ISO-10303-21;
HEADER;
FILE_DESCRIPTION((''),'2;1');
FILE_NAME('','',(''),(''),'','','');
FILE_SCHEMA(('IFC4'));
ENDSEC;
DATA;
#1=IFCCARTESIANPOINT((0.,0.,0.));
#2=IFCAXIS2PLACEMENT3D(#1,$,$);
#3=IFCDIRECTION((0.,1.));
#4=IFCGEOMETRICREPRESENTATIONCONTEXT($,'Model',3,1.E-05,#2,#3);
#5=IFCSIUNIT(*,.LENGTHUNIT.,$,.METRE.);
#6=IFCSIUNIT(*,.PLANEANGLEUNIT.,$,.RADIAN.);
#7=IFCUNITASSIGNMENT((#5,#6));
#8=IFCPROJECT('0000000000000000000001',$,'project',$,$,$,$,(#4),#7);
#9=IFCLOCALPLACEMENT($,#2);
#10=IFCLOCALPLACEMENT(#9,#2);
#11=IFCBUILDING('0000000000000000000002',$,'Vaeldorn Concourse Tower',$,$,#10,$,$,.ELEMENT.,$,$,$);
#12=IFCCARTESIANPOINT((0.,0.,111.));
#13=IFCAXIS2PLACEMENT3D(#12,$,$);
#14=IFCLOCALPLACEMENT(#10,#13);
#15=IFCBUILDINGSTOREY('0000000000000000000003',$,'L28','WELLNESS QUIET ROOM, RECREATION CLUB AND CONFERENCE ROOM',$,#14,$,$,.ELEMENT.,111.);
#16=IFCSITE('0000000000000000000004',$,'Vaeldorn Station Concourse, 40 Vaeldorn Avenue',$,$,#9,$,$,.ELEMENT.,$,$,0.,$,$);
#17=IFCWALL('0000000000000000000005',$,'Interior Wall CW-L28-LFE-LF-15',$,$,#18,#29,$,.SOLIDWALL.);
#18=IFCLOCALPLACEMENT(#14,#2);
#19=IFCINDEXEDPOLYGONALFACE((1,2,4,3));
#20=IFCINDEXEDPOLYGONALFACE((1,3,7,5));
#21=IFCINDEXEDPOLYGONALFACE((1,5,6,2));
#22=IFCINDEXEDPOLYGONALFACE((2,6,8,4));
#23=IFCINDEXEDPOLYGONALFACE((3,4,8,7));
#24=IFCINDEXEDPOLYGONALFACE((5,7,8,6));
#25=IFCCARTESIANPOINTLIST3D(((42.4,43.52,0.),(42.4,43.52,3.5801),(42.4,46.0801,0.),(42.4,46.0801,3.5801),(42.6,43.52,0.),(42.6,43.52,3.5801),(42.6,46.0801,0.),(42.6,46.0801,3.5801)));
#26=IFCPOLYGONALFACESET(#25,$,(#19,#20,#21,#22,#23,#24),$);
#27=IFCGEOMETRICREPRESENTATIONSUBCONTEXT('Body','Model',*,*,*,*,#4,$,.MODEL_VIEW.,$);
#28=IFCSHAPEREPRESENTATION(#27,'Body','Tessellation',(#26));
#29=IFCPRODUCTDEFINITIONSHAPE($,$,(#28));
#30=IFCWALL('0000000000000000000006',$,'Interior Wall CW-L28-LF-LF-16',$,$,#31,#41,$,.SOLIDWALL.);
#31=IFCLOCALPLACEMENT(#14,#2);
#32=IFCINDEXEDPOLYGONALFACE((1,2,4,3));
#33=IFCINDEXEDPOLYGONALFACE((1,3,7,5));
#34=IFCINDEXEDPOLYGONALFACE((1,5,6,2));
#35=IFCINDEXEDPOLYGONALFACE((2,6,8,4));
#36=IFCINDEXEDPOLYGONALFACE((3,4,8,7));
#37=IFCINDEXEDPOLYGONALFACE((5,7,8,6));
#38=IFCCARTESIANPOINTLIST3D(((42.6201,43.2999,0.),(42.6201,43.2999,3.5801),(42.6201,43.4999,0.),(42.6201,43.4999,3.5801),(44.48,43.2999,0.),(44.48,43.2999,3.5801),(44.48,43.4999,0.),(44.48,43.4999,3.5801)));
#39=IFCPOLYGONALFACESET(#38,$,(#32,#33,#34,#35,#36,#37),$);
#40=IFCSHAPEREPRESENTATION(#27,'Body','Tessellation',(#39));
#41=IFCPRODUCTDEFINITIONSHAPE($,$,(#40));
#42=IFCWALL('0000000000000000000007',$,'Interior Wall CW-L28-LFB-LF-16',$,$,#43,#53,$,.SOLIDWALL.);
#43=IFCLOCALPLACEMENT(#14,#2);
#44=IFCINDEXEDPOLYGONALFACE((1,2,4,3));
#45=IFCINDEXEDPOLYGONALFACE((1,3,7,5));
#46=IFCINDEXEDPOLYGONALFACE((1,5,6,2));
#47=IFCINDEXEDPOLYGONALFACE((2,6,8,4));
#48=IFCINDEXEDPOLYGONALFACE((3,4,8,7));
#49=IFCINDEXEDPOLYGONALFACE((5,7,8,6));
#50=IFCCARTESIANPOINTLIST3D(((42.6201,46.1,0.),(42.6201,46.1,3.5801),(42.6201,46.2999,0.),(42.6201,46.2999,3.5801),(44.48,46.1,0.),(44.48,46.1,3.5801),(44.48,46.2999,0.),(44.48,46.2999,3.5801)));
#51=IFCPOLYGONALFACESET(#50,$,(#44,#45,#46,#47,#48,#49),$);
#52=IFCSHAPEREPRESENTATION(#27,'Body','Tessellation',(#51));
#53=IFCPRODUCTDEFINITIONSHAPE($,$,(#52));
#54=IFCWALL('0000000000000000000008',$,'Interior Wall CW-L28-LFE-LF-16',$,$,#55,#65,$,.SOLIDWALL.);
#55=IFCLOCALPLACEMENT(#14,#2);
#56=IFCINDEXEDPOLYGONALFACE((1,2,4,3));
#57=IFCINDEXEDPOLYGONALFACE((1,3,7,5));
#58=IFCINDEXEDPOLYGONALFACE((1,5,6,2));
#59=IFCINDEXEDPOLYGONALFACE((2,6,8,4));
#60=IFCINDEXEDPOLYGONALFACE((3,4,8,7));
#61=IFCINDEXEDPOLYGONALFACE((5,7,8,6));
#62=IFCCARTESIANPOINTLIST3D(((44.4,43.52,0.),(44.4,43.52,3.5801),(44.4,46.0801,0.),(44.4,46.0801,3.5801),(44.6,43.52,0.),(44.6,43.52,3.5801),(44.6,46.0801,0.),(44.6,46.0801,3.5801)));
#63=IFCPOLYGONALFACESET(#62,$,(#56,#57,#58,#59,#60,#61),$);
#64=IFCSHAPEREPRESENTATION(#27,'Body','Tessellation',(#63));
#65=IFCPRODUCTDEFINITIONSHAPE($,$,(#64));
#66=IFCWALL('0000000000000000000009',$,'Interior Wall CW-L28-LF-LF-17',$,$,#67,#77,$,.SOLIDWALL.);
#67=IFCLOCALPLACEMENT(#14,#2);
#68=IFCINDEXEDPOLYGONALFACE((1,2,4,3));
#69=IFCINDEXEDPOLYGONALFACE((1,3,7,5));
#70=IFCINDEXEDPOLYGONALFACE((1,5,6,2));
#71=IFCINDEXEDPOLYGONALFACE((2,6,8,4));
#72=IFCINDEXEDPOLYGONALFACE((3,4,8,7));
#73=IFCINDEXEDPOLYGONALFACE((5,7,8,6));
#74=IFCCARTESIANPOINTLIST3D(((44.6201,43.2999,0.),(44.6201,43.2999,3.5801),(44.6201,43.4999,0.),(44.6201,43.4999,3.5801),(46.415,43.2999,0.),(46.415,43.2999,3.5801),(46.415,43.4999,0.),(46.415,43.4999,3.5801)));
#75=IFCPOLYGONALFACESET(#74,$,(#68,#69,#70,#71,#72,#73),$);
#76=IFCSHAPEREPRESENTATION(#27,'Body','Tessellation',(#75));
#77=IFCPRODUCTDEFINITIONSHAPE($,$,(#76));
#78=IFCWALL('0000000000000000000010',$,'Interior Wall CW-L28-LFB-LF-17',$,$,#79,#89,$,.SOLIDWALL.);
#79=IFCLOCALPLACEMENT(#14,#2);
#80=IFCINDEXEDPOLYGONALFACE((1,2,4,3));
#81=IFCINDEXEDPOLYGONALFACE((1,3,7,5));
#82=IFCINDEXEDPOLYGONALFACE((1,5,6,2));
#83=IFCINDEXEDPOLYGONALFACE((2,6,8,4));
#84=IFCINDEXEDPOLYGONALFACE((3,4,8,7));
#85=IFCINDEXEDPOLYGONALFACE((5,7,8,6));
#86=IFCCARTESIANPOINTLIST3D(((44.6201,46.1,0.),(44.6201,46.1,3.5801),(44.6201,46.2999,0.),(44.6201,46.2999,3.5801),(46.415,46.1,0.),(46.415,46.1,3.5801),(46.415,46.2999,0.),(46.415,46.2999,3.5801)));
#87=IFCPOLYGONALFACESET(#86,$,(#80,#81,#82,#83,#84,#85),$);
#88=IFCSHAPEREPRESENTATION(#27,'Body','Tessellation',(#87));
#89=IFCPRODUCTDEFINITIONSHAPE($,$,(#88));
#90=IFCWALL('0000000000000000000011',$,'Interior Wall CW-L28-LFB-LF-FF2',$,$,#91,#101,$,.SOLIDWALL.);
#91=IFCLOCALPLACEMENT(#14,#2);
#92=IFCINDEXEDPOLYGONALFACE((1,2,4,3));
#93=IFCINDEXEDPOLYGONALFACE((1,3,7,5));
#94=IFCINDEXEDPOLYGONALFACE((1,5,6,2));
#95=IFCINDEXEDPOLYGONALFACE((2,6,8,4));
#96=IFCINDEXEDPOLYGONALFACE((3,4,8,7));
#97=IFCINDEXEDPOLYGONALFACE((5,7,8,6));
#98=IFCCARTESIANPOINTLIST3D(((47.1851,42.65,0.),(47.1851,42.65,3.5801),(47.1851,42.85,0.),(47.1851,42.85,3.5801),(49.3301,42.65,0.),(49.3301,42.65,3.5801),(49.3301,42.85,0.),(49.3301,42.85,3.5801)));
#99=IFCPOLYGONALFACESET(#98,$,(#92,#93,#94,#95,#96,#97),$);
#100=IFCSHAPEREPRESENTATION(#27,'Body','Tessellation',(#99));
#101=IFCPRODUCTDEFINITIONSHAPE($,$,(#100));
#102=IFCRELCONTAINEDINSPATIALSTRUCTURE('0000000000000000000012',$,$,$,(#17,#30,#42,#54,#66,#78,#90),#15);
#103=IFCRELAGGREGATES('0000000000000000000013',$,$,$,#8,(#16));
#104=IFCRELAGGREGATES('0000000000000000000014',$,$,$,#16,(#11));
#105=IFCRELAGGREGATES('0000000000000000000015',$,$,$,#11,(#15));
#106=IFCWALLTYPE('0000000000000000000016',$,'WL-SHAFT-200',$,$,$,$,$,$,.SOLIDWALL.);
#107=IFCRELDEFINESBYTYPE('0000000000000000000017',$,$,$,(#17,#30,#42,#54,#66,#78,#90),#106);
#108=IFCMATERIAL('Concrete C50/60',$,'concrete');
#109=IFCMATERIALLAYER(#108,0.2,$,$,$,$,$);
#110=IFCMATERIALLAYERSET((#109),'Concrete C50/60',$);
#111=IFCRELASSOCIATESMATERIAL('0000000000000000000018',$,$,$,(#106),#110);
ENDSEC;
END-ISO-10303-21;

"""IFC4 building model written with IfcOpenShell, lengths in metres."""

from ifc_helpers import new_model, si_unit, direction, frame, frame_2d, origin, place, context, subcontext, project, spatial, rectangle, extrude, material, layer, layer_set, type_object, element, save


model = new_model("IFC4")

# Units and contexts
model_context = context("Model", 3, precision=1e-05, world=origin(), true_north=direction((0.0, 1.0)))
body_context = subcontext(model_context, "Body", "Model", "MODEL_VIEW")
ifc_project = project(units=[si_unit("LENGTHUNIT", "METRE"), si_unit("PLANEANGLEUNIT", "RADIAN")], contexts=[model_context])

# Site, building, storey
site_placement = place(None, origin())
site = spatial("IfcSite", under=ifc_project, at=site_placement, Name="Vaeldorn Station Concourse, 40 Vaeldorn Avenue", CompositionType="ELEMENT", RefElevation=0.0)
building_placement = place(site_placement, origin())
building = spatial("IfcBuilding", under=site, at=building_placement, Name="Vaeldorn Concourse Tower", CompositionType="ELEMENT")
storey_placement = place(building_placement, frame((0.0, 0.0, 111.0)))
storey = spatial("IfcBuildingStorey", under=building, at=storey_placement, Name="L28", Description="WELLNESS QUIET ROOM, RECREATION CLUB AND CONFERENCE ROOM", CompositionType="ELEMENT", Elevation=111.0)

# Shared definitions
ifc_material_1 = material(Name="Concrete C50/60", Category="concrete")
ifc_layer_1 = layer(ifc_material_1, 0.2)
ifc_layer_set_1 = layer_set([ifc_layer_1], Name="Concrete C50/60")
wall_type_1 = type_object("IfcWallType", Name="WL-SHAFT-200", PredefinedType="SOLIDWALL", material=ifc_layer_set_1)

# Walls
wall_1_placement = place(storey_placement, frame((42.5, 43.52, 0.0), z_axis=(0.0, 0.0, 1.0), x_axis=(0.0, 1.0, 0.0)))
element("IfcWall", 1, at=wall_1_placement, inside=storey, type_object=wall_type_1, Name="Interior Wall CW-L28-LFE-LF-15", PredefinedType="SOLIDWALL", context=body_context, shape_type="SweptSolid", body=[
    extrude(rectangle(XDim=2.5601, YDim=0.2, at=frame_2d((1.28, 0.0))), origin(), (0.0, 0.0, 1.0), 3.5801),
])
for number, where, z_axis, x_axis, name in (
    (2, (42.6201, 43.3999, 0.0), (0.0, 0.0, 1.0), (1.0, 0.0, 0.0), "Interior Wall CW-L28-LF-LF-16"),
    (3, (42.6201, 46.2, 0.0), (0.0, 0.0, 1.0), (1.0, 0.0, 0.0), "Interior Wall CW-L28-LFB-LF-16"),
):
    element("IfcWall", number, at=place(storey_placement, frame(where, z_axis=z_axis, x_axis=x_axis)), inside=storey, type_object=wall_type_1, Name=name, PredefinedType="SOLIDWALL", context=body_context, shape_type="SweptSolid", body=[
        extrude(rectangle(XDim=1.8599, YDim=0.2, at=frame_2d((0.9299, 0.0))), origin(), (0.0, 0.0, 1.0), 3.5801),
    ])
wall_2_placement = place(storey_placement, frame((44.5, 43.52, 0.0), z_axis=(0.0, 0.0, 1.0), x_axis=(0.0, 1.0, 0.0)))
element("IfcWall", 4, at=wall_2_placement, inside=storey, type_object=wall_type_1, Name="Interior Wall CW-L28-LFE-LF-16", PredefinedType="SOLIDWALL", context=body_context, shape_type="SweptSolid", body=[
    extrude(rectangle(XDim=2.5601, YDim=0.2, at=frame_2d((1.28, 0.0))), origin(), (0.0, 0.0, 1.0), 3.5801),
])
for number, where, z_axis, x_axis, name in (
    (5, (44.6201, 43.3999, 0.0), (0.0, 0.0, 1.0), (1.0, 0.0, 0.0), "Interior Wall CW-L28-LF-LF-17"),
    (6, (44.6201, 46.2, 0.0), (0.0, 0.0, 1.0), (1.0, 0.0, 0.0), "Interior Wall CW-L28-LFB-LF-17"),
):
    element("IfcWall", number, at=place(storey_placement, frame(where, z_axis=z_axis, x_axis=x_axis)), inside=storey, type_object=wall_type_1, Name=name, PredefinedType="SOLIDWALL", context=body_context, shape_type="SweptSolid", body=[
        extrude(rectangle(XDim=1.7949, YDim=0.2, at=frame_2d((0.8975, 0.0))), origin(), (0.0, 0.0, 1.0), 3.5801),
    ])

# Wall
wall_3_placement = place(storey_placement, frame((47.1851, 42.75, 0.0), z_axis=(0.0, 0.0, 1.0), x_axis=(1.0, 0.0, 0.0)))
element("IfcWall", 7, at=wall_3_placement, inside=storey, type_object=wall_type_1, Name="Interior Wall CW-L28-LFB-LF-FF2", PredefinedType="SOLIDWALL", context=body_context, shape_type="SweptSolid", body=[
    extrude(rectangle(XDim=2.145, YDim=0.2, at=frame_2d((1.0725, 0.0))), origin(), (0.0, 0.0, 1.0), 3.5801),
])

save(model, "model.ifc")
